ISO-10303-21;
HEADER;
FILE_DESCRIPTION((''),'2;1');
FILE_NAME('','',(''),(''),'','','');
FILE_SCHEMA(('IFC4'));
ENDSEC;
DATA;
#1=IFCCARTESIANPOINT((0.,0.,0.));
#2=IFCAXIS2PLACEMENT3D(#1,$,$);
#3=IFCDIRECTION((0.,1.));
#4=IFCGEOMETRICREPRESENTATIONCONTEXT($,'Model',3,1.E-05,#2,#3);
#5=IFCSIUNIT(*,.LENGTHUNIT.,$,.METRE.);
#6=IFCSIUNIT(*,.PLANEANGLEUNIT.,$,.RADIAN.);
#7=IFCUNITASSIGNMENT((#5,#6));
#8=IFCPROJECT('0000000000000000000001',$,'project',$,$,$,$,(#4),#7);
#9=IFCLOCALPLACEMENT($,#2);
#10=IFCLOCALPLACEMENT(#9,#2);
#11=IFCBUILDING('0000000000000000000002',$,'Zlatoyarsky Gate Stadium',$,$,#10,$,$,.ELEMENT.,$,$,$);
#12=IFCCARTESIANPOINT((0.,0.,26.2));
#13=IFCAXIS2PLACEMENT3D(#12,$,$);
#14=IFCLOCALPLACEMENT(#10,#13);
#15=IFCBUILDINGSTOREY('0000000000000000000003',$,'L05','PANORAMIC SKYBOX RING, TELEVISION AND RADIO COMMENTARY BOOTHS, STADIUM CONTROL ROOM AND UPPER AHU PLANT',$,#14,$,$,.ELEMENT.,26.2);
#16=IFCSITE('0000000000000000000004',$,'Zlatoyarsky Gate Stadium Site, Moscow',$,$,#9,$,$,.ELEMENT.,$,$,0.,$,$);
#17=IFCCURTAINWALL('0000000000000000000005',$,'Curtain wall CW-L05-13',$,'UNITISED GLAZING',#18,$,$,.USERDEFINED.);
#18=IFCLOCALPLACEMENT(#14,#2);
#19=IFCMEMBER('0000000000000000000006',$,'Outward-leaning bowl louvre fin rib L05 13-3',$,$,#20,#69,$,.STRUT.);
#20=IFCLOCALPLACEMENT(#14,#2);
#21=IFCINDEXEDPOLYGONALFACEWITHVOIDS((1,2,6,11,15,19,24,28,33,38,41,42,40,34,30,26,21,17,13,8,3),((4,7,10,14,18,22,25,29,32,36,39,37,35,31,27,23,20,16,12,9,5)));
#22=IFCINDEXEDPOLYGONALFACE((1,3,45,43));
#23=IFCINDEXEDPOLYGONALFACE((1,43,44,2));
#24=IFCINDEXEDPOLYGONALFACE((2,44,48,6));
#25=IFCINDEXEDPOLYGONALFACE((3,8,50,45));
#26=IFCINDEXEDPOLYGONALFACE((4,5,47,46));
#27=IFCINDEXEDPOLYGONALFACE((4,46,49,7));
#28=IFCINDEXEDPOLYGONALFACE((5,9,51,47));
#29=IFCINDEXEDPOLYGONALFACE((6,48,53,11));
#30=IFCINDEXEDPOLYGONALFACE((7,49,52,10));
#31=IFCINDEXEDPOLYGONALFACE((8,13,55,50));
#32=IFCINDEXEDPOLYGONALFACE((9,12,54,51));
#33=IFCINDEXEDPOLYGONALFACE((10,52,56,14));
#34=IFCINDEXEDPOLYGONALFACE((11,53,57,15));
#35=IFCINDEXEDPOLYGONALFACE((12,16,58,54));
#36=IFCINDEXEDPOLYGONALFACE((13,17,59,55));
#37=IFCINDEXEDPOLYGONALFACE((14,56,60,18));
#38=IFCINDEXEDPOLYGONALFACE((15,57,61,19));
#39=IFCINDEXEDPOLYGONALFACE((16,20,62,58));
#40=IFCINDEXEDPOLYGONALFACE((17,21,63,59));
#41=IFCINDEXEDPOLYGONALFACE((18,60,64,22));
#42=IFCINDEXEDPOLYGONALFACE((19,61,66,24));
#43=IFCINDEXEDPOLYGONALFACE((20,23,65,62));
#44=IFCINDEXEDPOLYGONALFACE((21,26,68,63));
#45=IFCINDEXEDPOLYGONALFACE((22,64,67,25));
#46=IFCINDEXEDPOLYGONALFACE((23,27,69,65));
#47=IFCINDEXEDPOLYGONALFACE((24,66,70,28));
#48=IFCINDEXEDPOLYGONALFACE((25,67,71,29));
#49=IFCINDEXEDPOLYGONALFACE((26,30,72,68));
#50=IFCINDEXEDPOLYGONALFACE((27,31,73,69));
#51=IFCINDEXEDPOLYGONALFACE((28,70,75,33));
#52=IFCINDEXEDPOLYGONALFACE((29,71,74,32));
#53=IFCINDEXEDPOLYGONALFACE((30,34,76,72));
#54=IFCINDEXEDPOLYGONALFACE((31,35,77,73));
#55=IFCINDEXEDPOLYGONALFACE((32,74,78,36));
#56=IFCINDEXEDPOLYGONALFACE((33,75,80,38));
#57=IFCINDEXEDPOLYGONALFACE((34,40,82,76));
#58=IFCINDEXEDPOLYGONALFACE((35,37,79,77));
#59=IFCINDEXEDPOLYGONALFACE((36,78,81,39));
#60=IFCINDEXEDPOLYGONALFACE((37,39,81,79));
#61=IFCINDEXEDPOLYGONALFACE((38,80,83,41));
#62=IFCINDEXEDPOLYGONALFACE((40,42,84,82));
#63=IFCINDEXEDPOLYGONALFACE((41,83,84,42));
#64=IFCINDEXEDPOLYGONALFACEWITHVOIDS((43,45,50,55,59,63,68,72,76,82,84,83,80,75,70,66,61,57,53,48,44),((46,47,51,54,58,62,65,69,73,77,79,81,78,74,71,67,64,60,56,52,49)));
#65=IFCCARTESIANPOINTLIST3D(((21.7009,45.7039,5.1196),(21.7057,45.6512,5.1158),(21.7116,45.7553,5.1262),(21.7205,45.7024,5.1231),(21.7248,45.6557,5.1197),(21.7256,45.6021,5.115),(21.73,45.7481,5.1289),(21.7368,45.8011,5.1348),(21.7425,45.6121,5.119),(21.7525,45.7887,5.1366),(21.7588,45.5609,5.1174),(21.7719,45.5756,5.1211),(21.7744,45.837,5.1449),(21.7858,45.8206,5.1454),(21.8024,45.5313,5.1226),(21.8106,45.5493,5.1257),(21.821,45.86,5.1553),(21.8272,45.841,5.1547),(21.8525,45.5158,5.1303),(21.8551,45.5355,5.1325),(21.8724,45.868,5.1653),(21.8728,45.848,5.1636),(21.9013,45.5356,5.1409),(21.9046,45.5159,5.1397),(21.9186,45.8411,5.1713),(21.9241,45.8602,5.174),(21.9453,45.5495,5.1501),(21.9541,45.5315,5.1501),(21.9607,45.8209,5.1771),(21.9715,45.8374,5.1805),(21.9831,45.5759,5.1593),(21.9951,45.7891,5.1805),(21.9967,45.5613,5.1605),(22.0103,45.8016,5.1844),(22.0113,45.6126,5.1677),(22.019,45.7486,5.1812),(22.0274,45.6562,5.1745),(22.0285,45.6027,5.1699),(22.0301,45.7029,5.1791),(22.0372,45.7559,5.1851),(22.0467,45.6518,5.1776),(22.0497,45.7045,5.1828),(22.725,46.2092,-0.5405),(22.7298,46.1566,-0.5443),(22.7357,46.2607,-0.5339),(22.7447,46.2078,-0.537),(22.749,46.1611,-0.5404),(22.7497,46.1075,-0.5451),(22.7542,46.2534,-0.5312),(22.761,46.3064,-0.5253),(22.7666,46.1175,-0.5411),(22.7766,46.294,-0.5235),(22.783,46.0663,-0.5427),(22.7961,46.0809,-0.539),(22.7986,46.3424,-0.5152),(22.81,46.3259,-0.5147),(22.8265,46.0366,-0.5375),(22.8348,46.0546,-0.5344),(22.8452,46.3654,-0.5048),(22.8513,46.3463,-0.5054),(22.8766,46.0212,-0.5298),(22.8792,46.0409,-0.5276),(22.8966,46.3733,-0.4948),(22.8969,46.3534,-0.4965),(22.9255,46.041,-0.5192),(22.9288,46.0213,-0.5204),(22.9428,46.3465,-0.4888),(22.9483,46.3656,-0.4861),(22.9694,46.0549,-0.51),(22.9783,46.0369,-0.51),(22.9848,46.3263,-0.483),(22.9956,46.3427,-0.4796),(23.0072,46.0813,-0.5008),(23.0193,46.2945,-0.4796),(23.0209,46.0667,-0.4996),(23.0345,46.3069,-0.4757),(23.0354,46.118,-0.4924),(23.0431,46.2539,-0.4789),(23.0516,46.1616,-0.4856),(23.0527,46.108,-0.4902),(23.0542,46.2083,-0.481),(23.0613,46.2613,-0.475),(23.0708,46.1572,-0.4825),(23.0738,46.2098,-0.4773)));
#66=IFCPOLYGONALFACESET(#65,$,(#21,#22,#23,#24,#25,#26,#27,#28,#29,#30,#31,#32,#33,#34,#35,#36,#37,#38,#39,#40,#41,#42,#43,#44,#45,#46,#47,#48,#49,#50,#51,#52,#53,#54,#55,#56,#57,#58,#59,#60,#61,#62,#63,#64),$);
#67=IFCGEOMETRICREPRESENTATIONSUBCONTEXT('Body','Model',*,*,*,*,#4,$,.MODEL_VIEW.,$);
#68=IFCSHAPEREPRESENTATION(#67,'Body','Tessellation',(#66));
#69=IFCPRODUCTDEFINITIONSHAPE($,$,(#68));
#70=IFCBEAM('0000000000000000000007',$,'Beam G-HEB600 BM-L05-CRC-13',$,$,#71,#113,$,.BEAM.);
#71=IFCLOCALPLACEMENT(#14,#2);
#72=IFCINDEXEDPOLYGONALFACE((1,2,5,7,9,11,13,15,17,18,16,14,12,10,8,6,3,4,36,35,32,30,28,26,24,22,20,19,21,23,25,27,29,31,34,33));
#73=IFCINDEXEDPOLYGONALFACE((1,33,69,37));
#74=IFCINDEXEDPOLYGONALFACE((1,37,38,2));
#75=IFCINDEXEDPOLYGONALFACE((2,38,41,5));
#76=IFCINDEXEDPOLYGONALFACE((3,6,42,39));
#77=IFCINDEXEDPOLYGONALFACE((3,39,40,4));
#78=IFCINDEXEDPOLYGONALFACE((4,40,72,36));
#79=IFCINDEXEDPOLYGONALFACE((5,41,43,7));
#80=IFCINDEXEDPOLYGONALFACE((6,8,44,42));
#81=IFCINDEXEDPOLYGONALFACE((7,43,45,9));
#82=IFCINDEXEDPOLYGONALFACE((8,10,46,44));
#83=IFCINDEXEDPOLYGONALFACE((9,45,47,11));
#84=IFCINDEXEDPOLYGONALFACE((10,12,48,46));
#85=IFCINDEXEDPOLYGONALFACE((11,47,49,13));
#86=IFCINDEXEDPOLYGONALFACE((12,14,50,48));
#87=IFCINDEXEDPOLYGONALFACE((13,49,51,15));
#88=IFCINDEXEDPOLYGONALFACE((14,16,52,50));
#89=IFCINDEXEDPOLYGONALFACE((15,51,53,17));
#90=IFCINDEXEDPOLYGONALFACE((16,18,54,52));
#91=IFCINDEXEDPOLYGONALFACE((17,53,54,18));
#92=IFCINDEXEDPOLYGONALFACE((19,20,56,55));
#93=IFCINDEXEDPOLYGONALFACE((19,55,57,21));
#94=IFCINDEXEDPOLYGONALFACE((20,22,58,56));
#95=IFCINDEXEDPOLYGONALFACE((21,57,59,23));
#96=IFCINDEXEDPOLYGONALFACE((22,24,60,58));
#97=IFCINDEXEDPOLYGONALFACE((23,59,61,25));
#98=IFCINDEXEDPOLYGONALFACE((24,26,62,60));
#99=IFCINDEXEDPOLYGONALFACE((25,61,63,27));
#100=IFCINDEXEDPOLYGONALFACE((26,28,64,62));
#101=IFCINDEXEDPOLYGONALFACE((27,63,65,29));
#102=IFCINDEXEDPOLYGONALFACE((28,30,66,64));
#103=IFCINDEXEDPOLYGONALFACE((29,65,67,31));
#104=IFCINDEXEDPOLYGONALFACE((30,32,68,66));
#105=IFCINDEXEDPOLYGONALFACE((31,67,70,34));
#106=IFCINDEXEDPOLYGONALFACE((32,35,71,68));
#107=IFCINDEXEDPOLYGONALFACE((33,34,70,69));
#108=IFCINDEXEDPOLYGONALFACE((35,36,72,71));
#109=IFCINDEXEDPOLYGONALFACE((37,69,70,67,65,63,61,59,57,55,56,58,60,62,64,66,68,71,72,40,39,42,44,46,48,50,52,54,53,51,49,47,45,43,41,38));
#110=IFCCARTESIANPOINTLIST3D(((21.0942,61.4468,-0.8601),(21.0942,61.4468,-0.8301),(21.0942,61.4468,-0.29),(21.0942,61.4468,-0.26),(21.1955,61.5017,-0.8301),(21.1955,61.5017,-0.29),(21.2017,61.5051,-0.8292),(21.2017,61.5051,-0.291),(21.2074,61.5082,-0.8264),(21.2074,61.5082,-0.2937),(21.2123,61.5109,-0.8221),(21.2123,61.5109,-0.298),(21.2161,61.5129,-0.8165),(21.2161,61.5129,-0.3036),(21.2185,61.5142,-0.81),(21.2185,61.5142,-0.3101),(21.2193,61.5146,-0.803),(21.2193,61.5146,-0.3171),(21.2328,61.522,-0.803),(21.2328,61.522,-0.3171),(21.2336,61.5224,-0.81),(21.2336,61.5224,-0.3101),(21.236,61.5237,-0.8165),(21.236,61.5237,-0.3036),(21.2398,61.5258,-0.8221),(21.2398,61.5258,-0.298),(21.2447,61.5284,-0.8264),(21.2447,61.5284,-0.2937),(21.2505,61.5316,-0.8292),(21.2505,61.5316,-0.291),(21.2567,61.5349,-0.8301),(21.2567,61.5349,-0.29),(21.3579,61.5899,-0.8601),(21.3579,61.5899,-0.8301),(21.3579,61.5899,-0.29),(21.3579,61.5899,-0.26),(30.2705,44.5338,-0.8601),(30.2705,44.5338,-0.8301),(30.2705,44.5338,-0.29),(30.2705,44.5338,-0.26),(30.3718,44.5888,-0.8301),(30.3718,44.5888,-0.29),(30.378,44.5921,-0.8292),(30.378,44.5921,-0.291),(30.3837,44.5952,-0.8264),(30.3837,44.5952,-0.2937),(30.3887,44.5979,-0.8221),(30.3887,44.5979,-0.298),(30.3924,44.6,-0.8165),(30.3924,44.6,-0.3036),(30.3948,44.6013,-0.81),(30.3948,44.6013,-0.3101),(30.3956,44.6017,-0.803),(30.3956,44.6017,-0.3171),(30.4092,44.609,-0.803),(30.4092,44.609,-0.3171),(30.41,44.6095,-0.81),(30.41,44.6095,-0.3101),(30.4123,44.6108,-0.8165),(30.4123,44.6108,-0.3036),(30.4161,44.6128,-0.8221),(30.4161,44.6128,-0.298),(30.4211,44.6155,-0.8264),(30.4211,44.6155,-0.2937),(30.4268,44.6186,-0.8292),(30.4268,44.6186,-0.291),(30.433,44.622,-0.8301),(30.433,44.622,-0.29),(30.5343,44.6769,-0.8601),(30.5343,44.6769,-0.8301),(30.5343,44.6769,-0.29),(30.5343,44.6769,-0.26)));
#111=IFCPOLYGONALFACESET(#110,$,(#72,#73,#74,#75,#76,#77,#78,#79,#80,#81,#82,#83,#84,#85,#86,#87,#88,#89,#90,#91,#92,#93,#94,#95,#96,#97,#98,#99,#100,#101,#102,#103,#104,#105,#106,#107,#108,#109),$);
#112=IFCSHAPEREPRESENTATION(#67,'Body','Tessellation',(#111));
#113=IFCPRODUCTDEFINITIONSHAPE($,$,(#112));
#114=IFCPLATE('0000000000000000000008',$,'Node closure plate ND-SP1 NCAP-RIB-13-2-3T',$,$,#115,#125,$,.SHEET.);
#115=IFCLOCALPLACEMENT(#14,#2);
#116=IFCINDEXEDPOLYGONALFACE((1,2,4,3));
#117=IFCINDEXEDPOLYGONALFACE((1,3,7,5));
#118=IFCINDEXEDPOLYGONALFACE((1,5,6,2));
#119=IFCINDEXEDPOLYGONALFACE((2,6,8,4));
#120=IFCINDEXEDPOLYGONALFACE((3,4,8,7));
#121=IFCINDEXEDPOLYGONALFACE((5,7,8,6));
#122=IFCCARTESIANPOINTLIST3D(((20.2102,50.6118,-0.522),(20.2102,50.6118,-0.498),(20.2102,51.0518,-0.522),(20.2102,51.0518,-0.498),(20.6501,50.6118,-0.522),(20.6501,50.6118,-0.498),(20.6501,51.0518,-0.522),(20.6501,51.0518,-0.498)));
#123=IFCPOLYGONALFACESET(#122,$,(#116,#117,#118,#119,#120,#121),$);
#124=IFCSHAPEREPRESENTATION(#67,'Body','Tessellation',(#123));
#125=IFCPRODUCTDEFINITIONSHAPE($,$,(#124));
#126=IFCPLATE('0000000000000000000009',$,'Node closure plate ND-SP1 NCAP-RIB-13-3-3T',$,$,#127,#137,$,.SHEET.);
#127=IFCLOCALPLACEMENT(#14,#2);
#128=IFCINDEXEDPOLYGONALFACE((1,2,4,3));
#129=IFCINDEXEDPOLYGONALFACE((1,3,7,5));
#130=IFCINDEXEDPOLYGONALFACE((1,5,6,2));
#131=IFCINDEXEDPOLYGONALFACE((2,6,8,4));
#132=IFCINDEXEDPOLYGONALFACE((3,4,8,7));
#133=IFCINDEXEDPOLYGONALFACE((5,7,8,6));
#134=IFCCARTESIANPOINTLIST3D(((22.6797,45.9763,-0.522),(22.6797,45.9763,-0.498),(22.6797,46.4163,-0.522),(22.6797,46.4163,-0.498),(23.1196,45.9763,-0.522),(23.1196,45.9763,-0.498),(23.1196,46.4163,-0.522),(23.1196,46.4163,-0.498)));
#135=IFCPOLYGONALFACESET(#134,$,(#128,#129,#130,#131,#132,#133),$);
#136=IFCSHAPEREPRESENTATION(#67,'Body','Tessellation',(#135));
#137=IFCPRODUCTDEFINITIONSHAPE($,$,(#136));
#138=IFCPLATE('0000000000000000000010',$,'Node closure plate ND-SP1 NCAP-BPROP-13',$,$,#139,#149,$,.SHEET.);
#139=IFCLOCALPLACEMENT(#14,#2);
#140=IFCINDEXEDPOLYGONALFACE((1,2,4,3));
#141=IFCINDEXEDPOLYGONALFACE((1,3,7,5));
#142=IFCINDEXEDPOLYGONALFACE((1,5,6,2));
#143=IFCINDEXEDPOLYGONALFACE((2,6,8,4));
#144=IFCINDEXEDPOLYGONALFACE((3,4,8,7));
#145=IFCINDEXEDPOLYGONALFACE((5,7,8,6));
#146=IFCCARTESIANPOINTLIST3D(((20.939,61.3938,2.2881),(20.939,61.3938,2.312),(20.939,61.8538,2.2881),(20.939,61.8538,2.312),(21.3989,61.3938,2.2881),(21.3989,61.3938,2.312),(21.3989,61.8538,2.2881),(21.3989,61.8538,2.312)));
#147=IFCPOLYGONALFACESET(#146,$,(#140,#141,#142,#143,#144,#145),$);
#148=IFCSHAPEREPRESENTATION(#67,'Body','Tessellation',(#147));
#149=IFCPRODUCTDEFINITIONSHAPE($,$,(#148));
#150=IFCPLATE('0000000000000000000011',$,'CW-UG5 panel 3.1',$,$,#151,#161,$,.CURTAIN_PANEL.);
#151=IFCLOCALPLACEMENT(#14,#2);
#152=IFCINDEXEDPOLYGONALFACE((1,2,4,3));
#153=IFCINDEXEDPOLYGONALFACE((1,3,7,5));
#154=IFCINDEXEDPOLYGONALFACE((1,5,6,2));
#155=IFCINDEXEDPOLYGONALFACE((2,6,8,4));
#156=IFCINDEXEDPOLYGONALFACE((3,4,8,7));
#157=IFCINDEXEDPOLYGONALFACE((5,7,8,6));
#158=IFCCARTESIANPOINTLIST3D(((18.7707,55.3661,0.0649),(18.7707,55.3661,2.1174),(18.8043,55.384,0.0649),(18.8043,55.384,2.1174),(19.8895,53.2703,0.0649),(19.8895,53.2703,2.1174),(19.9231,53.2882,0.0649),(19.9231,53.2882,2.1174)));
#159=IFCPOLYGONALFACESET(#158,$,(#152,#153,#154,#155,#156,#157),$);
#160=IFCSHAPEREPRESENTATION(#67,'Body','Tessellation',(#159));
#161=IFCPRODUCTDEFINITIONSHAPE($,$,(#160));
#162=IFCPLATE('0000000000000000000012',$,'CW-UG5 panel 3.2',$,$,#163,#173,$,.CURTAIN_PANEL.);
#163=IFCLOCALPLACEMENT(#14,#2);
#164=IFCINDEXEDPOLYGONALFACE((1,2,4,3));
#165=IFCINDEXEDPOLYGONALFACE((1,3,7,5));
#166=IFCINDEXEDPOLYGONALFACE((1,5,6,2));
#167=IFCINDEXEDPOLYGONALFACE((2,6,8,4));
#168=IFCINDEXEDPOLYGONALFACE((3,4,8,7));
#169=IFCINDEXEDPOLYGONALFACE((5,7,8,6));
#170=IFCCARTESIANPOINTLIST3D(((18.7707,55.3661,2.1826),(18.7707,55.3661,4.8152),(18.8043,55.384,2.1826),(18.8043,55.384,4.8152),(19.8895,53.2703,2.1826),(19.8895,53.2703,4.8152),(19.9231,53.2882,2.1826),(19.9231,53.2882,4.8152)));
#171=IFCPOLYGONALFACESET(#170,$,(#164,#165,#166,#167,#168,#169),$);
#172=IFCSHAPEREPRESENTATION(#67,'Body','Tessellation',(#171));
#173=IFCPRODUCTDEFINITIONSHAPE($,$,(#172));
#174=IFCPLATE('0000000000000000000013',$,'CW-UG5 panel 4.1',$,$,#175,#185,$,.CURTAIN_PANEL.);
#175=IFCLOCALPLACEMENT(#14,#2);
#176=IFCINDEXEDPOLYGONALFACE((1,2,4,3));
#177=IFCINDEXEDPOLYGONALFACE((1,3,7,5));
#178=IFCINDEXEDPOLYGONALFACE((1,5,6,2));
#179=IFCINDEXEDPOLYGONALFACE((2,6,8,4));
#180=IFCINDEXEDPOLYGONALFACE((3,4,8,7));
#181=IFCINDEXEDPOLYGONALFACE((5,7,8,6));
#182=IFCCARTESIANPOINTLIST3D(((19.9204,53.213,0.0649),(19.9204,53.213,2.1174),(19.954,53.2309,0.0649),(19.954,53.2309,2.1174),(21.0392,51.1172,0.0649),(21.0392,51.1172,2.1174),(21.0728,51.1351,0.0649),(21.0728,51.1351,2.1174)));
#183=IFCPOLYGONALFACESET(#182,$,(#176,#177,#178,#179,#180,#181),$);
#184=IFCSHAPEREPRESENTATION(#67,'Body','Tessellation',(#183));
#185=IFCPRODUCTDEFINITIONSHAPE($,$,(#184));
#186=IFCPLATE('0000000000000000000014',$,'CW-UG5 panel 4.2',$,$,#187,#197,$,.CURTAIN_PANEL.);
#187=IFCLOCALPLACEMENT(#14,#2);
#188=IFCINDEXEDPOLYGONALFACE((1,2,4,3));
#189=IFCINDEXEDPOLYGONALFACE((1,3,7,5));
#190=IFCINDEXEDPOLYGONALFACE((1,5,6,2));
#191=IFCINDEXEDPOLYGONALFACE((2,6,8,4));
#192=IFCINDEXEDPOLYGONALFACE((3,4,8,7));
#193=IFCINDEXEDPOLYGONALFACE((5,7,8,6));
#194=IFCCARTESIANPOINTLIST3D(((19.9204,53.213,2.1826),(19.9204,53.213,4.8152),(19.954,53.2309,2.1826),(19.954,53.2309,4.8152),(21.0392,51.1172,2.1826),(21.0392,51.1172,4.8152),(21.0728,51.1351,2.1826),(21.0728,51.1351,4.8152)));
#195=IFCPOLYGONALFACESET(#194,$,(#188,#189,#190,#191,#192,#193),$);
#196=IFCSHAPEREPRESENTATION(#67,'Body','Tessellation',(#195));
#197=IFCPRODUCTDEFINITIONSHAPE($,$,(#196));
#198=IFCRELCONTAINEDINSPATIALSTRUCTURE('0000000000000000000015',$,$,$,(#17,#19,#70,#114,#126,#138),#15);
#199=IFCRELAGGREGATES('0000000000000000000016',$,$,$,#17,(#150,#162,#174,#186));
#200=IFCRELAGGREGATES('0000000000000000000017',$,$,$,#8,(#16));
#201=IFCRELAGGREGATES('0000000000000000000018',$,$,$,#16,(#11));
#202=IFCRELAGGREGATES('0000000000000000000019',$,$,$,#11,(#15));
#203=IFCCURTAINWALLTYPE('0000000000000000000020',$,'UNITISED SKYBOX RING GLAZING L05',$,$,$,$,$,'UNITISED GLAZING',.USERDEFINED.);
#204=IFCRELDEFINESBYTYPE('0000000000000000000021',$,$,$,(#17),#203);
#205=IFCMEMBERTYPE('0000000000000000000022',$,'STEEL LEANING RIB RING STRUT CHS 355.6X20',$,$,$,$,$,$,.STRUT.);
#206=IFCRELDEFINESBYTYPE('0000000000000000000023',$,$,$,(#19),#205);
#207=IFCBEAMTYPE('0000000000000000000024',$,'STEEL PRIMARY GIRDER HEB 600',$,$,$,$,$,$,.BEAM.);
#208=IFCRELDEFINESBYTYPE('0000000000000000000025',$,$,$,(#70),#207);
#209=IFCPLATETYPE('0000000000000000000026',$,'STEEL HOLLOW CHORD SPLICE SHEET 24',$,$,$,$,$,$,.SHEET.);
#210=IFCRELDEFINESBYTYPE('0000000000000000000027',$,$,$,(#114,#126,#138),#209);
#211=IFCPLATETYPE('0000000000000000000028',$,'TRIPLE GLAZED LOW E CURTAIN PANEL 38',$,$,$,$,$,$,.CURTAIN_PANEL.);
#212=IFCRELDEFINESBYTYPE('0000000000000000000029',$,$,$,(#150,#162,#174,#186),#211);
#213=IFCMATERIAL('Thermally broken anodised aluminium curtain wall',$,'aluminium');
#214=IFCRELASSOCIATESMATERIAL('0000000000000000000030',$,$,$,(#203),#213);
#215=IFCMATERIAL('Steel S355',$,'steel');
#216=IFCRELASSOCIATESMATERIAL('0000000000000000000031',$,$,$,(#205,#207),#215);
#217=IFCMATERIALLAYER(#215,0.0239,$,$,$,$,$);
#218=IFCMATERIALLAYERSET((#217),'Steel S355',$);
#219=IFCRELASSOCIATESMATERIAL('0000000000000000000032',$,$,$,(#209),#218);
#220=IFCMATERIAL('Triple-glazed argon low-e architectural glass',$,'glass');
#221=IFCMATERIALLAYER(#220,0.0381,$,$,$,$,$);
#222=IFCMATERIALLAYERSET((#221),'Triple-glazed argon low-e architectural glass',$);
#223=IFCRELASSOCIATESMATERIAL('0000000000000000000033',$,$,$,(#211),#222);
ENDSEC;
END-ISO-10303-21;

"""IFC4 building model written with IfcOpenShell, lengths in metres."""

from ifc_helpers import new_model, si_unit, direction, frame, origin, origin_2d, place, context, subcontext, project, spatial, rectangle, hollow_circle, i_section, extrude, material, layer, layer_set, material_profile, profile_set, type_object, element, aggregate, save


model = new_model("IFC4")

# Units and contexts
model_context = context("Model", 3, precision=1e-05, world=origin(), true_north=direction((0.0, 1.0)))
body_context = subcontext(model_context, "Body", "Model", "MODEL_VIEW")
ifc_project = project(units=[si_unit("LENGTHUNIT", "METRE"), si_unit("PLANEANGLEUNIT", "RADIAN")], contexts=[model_context])

# Site, building, storey
site_placement = place(None, origin())
site = spatial("IfcSite", under=ifc_project, at=site_placement, Name="Zlatoyarsky Gate Stadium Site, Moscow", CompositionType="ELEMENT", RefElevation=0.0)
building_placement = place(site_placement, origin())
building = spatial("IfcBuilding", under=site, at=building_placement, Name="Zlatoyarsky Gate Stadium", CompositionType="ELEMENT")
storey_placement = place(building_placement, frame((0.0, 0.0, 26.2)))
storey = spatial("IfcBuildingStorey", under=building, at=storey_placement, Name="L05", Description="PANORAMIC SKYBOX RING, TELEVISION AND RADIO COMMENTARY BOOTHS, STADIUM CONTROL ROOM AND UPPER AHU PLANT", CompositionType="ELEMENT", Elevation=26.2)

# Shared definitions
ifc_material_1 = material(Name="Steel S355", Category="steel")

# Curtain wall
ifc_material_2 = material(Name="Thermally broken anodised aluminium curtain wall", Category="aluminium")
curtain_wall_type = type_object("IfcCurtainWallType", Name="UNITISED SKYBOX RING GLAZING L05", ElementType="UNITISED GLAZING", PredefinedType="USERDEFINED", material=ifc_material_2)
curtain_wall_placement = place(storey_placement, origin())
curtain_wall = element("IfcCurtainWall", 1, at=curtain_wall_placement, inside=storey, type_object=curtain_wall_type, Name="Curtain wall CW-L05-13", ObjectType="UNITISED GLAZING", PredefinedType="USERDEFINED")

# Member
ifc_material_profile_1 = material_profile(ifc_material_1, hollow_circle(Radius=0.1777, WallThickness=0.02, at=origin_2d()), Name="CHS 355.6X20")
ifc_profile_set_1 = profile_set([ifc_material_profile_1], Name="Steel S355")
member_type_1 = type_object("IfcMemberType", Name="STEEL LEANING RIB RING STRUT CHS 355.6X20", PredefinedType="STRUT", material=ifc_profile_set_1)
member_1_placement = place(storey_placement, frame((22.8997, 46.1963, -0.51), z_axis=(-0.177369, -0.087522, 0.980245), x_axis=(0.442504, -0.896766, 0.0)))
element("IfcMember", 2, at=member_1_placement, inside=storey, type_object=member_type_1, Name="Outward-leaning bowl louvre fin rib L05 13-3", PredefinedType="STRUT", context=body_context, shape_type="SweptSolid", body=[
    extrude(hollow_circle(Radius=0.1777, WallThickness=0.02, at=origin_2d()), origin(), (0.0, 0.0, 1.0), 5.7742),
])

# Beam
ifc_material_profile_2 = material_profile(ifc_material_1, i_section(OverallWidth=0.3, OverallDepth=0.6001, WebThickness=0.0154, FlangeThickness=0.03, FilletRadius=0.0271, at=origin_2d()), Name="HEB 600")
ifc_profile_set_2 = profile_set([ifc_material_profile_2], Name="Steel S355")
beam_type_1 = type_object("IfcBeamType", Name="STEEL PRIMARY GIRDER HEB 600", PredefinedType="BEAM", material=ifc_profile_set_2)
beam_1_placement = place(storey_placement, frame((21.2261, 61.5183, -0.5601), z_axis=(0.476892, -0.878962, 0.0), x_axis=(0.878962, 0.476892, 0.0)))
element("IfcBeam", 3, at=beam_1_placement, inside=storey, type_object=beam_type_1, Name="Beam G-HEB600 BM-L05-CRC-13", PredefinedType="BEAM", context=body_context, shape_type="SweptSolid", body=[
    extrude(i_section(OverallWidth=0.3, OverallDepth=0.6001, WebThickness=0.0154, FlangeThickness=0.03, FilletRadius=0.0271, at=origin_2d()), origin(), (0.0, 0.0, 1.0), 19.2419),
])

# Plates
ifc_layer_1 = layer(ifc_material_1, 0.0239)
ifc_layer_set_1 = layer_set([ifc_layer_1], Name="Steel S355")
plate_type_1 = type_object("IfcPlateType", Name="STEEL HOLLOW CHORD SPLICE SHEET 24", PredefinedType="SHEET", material=ifc_layer_set_1)
for number, where, z_axis, x_axis, name in (
    (4, (20.4302, 50.8318, -0.522), (0.0, 0.0, 1.0), (1.0, 0.0, 0.0), "Node closure plate ND-SP1 NCAP-RIB-13-2-3T"),
    (5, (22.8997, 46.1963, -0.522), (0.0, 0.0, 1.0), (1.0, 0.0, 0.0), "Node closure plate ND-SP1 NCAP-RIB-13-3-3T"),
):
    element("IfcPlate", number, at=place(storey_placement, frame(where, z_axis=z_axis, x_axis=x_axis)), inside=storey, type_object=plate_type_1, Name=name, PredefinedType="SHEET", context=body_context, shape_type="SweptSolid", body=[
        extrude(rectangle(XDim=0.4399, YDim=0.4399, at=origin_2d()), origin(), (0.0, 0.0, 1.0), 0.0239),
    ])
plate_1_placement = place(storey_placement, frame((21.1689, 61.6238, 2.2881), z_axis=(0.0, 0.0, 1.0), x_axis=(1.0, 0.0, 0.0)))
element("IfcPlate", 6, at=plate_1_placement, inside=storey, type_object=plate_type_1, Name="Node closure plate ND-SP1 NCAP-BPROP-13", PredefinedType="SHEET", context=body_context, shape_type="SweptSolid", body=[
    extrude(rectangle(XDim=0.46, YDim=0.46, at=origin_2d()), origin(), (0.0, 0.0, 1.0), 0.0239),
])

# Plates
ifc_material_3 = material(Name="Triple-glazed argon low-e architectural glass", Category="glass")
ifc_layer_2 = layer(ifc_material_3, 0.0381)
ifc_layer_set_2 = layer_set([ifc_layer_2], Name="Triple-glazed argon low-e architectural glass")
plate_type_2 = type_object("IfcPlateType", Name="TRIPLE GLAZED LOW E CURTAIN PANEL 38", PredefinedType="CURTAIN_PANEL", material=ifc_layer_set_2)
plate_2_placement = place(storey_placement, frame((19.3469, 54.3271, 0.0649), z_axis=(0.0, 0.0, 1.0), x_axis=(0.470937, -0.882167, 0.0)))
plate_2 = element("IfcPlate", 7, at=plate_2_placement, type_object=plate_type_2, Name="CW-UG5 panel 3.1", PredefinedType="CURTAIN_PANEL", context=body_context, shape_type="SweptSolid", body=[
    extrude(rectangle(XDim=2.3757, YDim=0.0381, at=origin_2d()), origin(), (0.0, 0.0, 1.0), 2.0525),
])
plate_3_placement = place(storey_placement, frame((19.3469, 54.3271, 2.1826), z_axis=(0.0, 0.0, 1.0), x_axis=(0.470937, -0.882167, 0.0)))
plate_3 = element("IfcPlate", 8, at=plate_3_placement, type_object=plate_type_2, Name="CW-UG5 panel 3.2", PredefinedType="CURTAIN_PANEL", context=body_context, shape_type="SweptSolid", body=[
    extrude(rectangle(XDim=2.3757, YDim=0.0381, at=origin_2d()), origin(), (0.0, 0.0, 1.0), 2.6326),
])
plate_4_placement = place(storey_placement, frame((20.4966, 52.1741, 0.0649), z_axis=(0.0, 0.0, 1.0), x_axis=(0.470937, -0.882167, 0.0)))
plate_4 = element("IfcPlate", 9, at=plate_4_placement, type_object=plate_type_2, Name="CW-UG5 panel 4.1", PredefinedType="CURTAIN_PANEL", context=body_context, shape_type="SweptSolid", body=[
    extrude(rectangle(XDim=2.3757, YDim=0.0381, at=origin_2d()), origin(), (0.0, 0.0, 1.0), 2.0525),
])
plate_5_placement = place(storey_placement, frame((20.4966, 52.1741, 2.1826), z_axis=(0.0, 0.0, 1.0), x_axis=(0.470937, -0.882167, 0.0)))
plate_5 = element("IfcPlate", 10, at=plate_5_placement, type_object=plate_type_2, Name="CW-UG5 panel 4.2", PredefinedType="CURTAIN_PANEL", context=body_context, shape_type="SweptSolid", body=[
    extrude(rectangle(XDim=2.3757, YDim=0.0381, at=origin_2d()), origin(), (0.0, 0.0, 1.0), 2.6326),
])
aggregate(curtain_wall, [plate_2, plate_3, plate_4, plate_5])

save(model, "model.ifc")
